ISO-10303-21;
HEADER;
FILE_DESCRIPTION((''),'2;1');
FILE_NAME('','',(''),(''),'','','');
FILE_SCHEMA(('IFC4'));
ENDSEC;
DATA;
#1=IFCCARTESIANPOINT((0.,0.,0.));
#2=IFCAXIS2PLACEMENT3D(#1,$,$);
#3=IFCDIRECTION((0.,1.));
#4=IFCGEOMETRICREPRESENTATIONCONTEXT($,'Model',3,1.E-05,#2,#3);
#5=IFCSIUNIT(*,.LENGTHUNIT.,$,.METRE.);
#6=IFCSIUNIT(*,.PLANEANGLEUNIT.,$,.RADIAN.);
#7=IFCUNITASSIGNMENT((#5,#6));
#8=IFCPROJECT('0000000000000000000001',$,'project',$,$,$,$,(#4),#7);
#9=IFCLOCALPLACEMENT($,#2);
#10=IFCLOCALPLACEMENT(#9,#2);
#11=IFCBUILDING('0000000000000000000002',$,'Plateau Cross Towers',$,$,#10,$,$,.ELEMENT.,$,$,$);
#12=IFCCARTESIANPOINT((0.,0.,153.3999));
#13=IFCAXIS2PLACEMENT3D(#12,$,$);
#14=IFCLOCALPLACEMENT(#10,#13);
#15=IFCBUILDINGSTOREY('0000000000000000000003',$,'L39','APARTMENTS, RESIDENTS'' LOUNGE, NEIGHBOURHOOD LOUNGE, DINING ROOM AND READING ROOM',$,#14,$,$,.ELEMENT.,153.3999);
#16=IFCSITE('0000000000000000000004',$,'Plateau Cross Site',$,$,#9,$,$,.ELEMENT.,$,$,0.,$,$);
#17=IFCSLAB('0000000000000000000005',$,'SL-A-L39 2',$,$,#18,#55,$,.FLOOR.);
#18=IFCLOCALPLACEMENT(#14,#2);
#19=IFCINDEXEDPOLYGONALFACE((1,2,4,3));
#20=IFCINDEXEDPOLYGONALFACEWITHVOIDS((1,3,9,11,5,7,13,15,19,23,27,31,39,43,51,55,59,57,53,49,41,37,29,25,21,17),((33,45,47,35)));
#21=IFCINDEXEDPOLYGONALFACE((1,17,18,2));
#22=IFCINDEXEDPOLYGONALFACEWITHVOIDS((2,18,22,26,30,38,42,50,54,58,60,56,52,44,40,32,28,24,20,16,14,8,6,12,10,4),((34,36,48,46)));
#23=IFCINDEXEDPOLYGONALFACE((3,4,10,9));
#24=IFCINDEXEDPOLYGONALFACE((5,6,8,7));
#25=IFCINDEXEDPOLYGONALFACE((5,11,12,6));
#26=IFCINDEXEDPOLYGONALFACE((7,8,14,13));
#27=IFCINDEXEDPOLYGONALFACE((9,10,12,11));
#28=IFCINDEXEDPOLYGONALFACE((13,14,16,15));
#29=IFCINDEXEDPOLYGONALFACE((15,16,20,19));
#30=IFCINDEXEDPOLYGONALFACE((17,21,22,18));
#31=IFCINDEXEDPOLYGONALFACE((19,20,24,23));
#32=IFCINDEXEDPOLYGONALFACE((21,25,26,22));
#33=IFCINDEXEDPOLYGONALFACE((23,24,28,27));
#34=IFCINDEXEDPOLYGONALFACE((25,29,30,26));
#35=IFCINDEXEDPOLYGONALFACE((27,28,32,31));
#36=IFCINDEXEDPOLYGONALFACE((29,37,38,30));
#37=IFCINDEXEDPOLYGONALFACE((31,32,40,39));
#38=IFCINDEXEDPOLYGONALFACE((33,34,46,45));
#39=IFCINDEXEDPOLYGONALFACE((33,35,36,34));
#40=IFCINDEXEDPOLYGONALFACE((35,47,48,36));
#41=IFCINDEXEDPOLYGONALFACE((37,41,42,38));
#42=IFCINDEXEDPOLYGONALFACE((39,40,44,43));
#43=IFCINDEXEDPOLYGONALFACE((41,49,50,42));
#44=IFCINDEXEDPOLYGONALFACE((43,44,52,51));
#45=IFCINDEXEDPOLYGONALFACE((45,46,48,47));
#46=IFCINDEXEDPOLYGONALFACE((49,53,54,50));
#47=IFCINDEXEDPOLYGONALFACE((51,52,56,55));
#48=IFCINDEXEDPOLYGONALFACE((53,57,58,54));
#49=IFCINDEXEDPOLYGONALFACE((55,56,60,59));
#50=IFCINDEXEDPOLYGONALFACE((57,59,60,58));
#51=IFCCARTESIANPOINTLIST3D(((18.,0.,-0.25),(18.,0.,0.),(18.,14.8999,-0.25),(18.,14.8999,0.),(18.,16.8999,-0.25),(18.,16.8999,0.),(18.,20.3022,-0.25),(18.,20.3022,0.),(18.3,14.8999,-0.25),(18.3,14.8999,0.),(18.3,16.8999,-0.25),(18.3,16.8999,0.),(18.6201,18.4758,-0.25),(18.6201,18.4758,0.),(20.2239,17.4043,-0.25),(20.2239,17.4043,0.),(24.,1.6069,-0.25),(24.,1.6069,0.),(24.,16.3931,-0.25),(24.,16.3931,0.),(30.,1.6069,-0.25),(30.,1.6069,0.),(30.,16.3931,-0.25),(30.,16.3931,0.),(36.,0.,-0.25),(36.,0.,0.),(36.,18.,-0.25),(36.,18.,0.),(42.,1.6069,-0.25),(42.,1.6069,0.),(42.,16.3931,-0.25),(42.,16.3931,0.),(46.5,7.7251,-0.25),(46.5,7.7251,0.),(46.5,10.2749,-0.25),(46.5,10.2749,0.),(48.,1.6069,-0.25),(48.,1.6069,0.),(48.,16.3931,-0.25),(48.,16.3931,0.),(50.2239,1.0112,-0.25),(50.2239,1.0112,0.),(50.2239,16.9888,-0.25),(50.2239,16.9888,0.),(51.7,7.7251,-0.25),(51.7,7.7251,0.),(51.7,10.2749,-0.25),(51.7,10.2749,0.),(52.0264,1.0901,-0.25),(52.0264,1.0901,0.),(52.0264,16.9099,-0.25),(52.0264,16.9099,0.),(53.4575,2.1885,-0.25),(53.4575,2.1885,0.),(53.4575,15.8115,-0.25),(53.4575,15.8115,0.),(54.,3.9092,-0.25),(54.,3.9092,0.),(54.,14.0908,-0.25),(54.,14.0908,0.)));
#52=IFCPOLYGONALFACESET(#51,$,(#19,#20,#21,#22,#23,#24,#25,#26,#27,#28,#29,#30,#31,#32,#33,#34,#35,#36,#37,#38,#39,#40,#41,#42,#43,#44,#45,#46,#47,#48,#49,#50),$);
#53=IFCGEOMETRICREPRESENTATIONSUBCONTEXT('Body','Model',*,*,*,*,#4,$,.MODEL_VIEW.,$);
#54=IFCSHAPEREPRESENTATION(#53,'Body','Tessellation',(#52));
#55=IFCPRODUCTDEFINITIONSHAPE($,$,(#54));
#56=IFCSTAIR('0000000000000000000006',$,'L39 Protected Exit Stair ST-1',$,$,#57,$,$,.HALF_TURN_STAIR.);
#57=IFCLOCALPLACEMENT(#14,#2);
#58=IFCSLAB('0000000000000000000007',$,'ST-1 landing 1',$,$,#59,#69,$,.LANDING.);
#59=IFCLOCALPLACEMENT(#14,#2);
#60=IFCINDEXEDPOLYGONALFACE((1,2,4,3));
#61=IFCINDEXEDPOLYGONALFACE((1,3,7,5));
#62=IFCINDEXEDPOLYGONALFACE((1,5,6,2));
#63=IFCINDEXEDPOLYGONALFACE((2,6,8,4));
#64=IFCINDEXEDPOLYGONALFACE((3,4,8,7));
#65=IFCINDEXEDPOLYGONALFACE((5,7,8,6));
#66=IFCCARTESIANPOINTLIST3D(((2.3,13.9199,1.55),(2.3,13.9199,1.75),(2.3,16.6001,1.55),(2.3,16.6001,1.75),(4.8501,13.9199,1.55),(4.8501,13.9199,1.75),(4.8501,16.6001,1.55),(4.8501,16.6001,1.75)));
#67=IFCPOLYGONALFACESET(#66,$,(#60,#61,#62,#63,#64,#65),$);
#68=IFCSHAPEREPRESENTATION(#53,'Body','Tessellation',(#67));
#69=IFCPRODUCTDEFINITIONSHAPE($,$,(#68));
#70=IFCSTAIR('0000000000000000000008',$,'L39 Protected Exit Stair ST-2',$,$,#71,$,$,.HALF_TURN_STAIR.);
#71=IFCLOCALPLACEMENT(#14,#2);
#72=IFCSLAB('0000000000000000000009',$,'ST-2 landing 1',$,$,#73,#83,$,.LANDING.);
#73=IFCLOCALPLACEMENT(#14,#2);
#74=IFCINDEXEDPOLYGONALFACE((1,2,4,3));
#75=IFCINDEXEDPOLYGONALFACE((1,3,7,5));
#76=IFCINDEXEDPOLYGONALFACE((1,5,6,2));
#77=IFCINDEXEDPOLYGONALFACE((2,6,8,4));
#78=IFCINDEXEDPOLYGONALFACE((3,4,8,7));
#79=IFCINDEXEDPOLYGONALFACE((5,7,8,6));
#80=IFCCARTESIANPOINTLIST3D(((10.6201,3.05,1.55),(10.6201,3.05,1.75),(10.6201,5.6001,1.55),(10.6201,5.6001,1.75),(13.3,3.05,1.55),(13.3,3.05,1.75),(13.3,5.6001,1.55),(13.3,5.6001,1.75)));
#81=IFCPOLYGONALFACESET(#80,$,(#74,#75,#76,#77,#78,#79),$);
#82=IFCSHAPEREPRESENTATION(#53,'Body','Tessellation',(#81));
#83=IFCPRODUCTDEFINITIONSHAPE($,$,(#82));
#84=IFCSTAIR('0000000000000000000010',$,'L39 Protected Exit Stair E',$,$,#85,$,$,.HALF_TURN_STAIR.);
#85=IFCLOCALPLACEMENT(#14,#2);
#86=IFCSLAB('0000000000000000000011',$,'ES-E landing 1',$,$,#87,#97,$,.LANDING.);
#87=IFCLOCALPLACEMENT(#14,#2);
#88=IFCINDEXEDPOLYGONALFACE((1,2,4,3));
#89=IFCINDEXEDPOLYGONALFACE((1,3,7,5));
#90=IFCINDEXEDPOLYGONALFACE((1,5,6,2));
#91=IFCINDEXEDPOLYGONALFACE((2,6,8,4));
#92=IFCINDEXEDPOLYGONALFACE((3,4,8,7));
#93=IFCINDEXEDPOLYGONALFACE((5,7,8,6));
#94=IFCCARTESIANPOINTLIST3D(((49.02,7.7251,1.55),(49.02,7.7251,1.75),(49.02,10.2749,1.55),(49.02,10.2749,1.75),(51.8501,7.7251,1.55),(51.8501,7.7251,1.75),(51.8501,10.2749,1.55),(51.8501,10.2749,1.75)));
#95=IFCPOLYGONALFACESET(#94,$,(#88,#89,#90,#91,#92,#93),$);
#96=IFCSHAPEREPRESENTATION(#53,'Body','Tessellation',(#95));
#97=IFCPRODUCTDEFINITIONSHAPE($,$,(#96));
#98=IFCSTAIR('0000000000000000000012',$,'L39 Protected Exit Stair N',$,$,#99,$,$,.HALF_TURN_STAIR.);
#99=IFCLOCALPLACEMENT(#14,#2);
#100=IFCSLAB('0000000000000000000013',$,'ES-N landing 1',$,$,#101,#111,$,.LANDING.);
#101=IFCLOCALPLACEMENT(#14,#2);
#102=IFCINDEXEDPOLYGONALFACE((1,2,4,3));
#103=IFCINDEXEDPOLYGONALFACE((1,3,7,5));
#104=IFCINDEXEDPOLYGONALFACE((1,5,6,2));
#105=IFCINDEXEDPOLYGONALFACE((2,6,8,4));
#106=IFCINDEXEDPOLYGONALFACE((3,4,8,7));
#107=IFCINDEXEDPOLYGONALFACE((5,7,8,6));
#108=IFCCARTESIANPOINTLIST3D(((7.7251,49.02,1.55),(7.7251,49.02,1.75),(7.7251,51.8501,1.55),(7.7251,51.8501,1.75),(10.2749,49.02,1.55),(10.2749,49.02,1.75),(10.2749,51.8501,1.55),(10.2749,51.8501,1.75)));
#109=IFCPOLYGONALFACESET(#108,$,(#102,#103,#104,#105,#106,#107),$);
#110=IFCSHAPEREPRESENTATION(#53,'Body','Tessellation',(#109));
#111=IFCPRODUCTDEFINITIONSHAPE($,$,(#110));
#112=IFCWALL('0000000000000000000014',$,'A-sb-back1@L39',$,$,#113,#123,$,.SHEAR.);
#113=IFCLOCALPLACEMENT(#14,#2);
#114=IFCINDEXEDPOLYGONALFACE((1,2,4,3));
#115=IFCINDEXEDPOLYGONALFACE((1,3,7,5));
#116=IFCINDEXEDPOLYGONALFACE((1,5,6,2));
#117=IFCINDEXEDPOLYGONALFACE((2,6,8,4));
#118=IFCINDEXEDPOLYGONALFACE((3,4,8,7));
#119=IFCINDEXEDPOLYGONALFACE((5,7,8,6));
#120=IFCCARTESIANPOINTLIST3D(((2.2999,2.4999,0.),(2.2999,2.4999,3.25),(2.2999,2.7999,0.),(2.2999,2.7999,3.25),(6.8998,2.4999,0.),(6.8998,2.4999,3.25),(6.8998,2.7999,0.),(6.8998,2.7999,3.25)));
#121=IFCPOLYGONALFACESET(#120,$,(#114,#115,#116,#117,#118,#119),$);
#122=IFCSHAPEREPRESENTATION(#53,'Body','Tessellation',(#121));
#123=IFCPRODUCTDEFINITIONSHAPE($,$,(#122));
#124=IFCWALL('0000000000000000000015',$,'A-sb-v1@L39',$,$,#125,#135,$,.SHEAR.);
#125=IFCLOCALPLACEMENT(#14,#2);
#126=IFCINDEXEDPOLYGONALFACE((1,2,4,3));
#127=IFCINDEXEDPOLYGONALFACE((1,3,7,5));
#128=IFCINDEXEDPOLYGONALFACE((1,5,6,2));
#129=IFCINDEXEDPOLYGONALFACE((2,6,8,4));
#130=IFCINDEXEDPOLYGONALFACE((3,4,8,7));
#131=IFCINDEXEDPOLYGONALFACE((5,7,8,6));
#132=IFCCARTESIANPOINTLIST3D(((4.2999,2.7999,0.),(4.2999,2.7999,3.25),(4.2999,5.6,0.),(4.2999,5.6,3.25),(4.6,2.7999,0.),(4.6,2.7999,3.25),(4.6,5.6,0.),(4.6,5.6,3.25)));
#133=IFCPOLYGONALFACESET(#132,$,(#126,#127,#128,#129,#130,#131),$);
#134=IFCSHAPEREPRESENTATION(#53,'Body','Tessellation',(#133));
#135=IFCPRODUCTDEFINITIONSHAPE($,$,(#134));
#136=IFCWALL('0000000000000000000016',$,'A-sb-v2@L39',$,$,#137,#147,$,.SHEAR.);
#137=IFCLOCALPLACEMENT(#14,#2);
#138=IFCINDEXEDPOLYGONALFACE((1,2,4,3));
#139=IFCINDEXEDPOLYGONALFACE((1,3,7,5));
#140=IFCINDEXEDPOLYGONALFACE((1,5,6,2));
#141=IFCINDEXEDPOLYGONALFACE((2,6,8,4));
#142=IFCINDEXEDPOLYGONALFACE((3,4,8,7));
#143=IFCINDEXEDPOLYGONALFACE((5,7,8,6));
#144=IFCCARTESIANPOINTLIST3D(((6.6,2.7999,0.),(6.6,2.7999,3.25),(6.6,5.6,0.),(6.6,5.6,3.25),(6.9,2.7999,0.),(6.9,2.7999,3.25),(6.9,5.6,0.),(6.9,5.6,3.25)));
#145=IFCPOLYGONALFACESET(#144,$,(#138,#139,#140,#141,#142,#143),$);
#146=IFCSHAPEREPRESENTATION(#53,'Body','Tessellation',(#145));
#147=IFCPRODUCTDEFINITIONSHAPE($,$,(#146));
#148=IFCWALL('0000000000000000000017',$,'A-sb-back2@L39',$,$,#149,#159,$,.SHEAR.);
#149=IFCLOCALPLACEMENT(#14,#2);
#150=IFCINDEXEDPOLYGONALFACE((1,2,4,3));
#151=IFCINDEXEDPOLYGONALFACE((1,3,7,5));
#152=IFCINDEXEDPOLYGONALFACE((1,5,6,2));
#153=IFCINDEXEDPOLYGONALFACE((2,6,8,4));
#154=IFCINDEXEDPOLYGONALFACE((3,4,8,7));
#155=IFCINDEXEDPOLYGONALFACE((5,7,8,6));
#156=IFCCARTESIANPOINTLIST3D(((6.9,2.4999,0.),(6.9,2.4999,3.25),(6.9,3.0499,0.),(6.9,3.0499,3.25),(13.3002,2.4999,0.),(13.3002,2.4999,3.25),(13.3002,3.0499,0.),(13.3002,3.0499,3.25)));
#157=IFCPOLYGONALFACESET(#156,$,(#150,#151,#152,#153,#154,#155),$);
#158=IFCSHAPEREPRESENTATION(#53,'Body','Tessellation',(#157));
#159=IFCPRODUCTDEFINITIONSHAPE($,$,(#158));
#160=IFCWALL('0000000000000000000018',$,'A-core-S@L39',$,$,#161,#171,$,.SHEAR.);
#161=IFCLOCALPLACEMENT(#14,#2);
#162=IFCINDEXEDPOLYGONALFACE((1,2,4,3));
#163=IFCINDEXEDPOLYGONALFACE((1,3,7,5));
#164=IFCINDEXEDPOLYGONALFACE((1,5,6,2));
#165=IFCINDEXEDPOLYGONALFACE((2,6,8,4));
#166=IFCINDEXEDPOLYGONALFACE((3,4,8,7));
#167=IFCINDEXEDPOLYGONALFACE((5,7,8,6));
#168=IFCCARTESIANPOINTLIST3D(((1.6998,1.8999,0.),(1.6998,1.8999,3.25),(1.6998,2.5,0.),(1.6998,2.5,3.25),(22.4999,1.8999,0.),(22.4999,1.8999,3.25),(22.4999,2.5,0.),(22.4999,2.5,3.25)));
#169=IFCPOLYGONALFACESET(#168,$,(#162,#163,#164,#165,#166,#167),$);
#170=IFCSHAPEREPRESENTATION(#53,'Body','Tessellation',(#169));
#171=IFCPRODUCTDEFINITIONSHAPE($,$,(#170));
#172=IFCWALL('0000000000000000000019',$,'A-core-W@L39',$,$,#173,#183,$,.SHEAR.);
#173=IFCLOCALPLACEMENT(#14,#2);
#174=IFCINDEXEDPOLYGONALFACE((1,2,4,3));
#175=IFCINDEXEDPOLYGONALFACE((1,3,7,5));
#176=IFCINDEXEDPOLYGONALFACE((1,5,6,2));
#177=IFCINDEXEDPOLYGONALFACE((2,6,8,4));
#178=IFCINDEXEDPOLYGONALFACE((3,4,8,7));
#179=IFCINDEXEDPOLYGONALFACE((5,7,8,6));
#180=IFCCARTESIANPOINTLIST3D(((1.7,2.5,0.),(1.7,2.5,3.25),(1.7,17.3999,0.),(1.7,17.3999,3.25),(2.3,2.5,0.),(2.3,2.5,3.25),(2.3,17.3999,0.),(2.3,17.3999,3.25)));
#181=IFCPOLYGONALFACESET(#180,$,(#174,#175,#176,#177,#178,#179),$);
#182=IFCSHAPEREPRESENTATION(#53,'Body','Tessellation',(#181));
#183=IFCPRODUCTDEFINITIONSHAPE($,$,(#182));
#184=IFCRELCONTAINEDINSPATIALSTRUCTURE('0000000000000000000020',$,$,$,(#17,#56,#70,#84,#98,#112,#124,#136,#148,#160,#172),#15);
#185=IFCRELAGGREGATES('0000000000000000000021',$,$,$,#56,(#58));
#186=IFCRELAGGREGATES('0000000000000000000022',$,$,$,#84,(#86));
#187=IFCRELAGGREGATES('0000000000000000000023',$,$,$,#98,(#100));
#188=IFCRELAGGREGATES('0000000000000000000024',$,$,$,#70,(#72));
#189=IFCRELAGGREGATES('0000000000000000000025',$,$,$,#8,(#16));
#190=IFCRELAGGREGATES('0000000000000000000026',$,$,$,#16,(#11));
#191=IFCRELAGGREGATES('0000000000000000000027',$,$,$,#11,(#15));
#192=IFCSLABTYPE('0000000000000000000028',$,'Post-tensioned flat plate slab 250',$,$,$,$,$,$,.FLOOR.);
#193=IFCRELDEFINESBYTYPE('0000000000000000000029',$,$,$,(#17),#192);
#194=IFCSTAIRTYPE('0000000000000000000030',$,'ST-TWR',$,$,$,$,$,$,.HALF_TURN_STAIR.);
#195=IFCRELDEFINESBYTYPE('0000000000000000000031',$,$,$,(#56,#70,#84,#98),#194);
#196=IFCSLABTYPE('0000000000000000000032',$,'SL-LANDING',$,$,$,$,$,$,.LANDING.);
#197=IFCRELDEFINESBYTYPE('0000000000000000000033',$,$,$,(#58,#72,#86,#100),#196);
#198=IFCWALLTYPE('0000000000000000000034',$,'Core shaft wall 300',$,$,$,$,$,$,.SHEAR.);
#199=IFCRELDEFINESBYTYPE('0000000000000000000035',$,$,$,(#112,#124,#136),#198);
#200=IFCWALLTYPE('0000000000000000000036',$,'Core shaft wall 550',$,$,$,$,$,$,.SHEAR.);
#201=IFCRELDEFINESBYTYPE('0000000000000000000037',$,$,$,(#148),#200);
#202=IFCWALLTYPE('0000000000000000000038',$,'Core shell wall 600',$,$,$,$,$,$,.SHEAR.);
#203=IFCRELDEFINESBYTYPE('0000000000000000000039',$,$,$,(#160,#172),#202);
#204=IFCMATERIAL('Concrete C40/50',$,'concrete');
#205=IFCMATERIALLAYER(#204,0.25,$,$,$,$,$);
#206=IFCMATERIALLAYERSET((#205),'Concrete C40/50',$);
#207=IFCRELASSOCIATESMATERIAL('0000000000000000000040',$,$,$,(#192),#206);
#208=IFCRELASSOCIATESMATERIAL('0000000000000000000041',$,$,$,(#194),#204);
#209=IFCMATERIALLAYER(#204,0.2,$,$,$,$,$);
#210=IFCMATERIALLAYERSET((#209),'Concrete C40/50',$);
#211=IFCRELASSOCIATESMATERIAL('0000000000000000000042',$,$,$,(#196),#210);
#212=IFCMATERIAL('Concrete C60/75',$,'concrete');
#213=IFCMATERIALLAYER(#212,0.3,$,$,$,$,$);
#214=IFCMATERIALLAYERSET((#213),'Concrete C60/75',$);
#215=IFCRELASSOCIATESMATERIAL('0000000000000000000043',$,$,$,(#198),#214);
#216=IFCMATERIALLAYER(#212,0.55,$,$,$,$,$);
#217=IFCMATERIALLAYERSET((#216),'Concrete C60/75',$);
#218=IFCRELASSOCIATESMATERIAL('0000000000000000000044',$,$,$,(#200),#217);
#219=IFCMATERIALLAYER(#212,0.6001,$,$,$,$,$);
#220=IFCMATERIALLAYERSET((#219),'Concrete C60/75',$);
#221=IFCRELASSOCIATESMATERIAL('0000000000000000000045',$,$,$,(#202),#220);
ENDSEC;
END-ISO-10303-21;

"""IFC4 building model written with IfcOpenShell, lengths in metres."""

from ifc_helpers import new_model, si_unit, direction, frame, frame_2d, origin, place, context, subcontext, project, spatial, polyline, rectangle, outline, extrude, material, layer, layer_set, type_object, element, aggregate, save


model = new_model("IFC4")

# Units and contexts
model_context = context("Model", 3, precision=1e-05, world=origin(), true_north=direction((0.0, 1.0)))
body_context = subcontext(model_context, "Body", "Model", "MODEL_VIEW")
ifc_project = project(units=[si_unit("LENGTHUNIT", "METRE"), si_unit("PLANEANGLEUNIT", "RADIAN")], contexts=[model_context])

# Site, building, storey
site_placement = place(None, origin())
site = spatial("IfcSite", under=ifc_project, at=site_placement, Name="Plateau Cross Site", CompositionType="ELEMENT", RefElevation=0.0)
building_placement = place(site_placement, origin())
building = spatial("IfcBuilding", under=site, at=building_placement, Name="Plateau Cross Towers", CompositionType="ELEMENT")
storey_placement = place(building_placement, frame((0.0, 0.0, 153.3999)))
storey = spatial("IfcBuildingStorey", under=building, at=storey_placement, Name="L39", Description="APARTMENTS, RESIDENTS' LOUNGE, NEIGHBOURHOOD LOUNGE, DINING ROOM AND READING ROOM", CompositionType="ELEMENT", Elevation=153.3999)

# Shared definitions
ifc_material_1 = material(Name="Concrete C60/75", Category="concrete")

# Shared definitions
ifc_material_2 = material(Name="Concrete C40/50", Category="concrete")

# Slab
ifc_layer_1 = layer(ifc_material_2, 0.25)
ifc_layer_set_1 = layer_set([ifc_layer_1], Name="Concrete C40/50")
slab_type_1 = type_object("IfcSlabType", Name="Post-tensioned flat plate slab 250", PredefinedType="FLOOR", material=ifc_layer_set_1)
slab_1_placement = place(storey_placement, frame((0.0, 0.0, -0.25)))
element("IfcSlab", 1, at=slab_1_placement, inside=storey, type_object=slab_type_1, Name="SL-A-L39 2", PredefinedType="FLOOR", context=body_context, shape_type="SweptSolid", body=[
    extrude(outline(polyline([(18.6201, 18.4758), (20.2239, 17.4043), (24.0, 16.3931), (30.0, 16.3931), (36.0, 18.0), (42.0, 16.3931), (48.0, 16.3931), (50.2239, 16.9888), (52.0264, 16.9099), (53.4575, 15.8115), (54.0, 14.0908), (54.0, 3.9092), (53.4575, 2.1885), (52.0264, 1.0901), (50.2239, 1.0112), (48.0, 1.6069), (42.0, 1.6069), (36.0, 0.0), (30.0, 1.6069), (24.0, 1.6069), (18.0, 0.0), (18.0, 14.8999), (18.3, 14.8999), (18.3, 16.8999), (18.0, 16.8999), (18.0, 20.3022), (18.6201, 18.4758)]), holes=[polyline([(46.5, 10.2749), (46.5, 7.7251), (51.7, 7.7251), (51.7, 10.2749), (46.5, 10.2749)])]), origin(), (0.0, 0.0, 1.0), 0.25),
])

# Stairs, slabs
stair_type = type_object("IfcStairType", Name="ST-TWR", PredefinedType="HALF_TURN_STAIR", material=ifc_material_2)
stair_1_placement = place(storey_placement, origin())
stair_1 = element("IfcStair", 2, at=stair_1_placement, inside=storey, type_object=stair_type, Name="L39 Protected Exit Stair ST-1", PredefinedType="HALF_TURN_STAIR")
ifc_layer_2 = layer(ifc_material_2, 0.2)
ifc_layer_set_2 = layer_set([ifc_layer_2], Name="Concrete C40/50")
slab_type_2 = type_object("IfcSlabType", Name="SL-LANDING", PredefinedType="LANDING", material=ifc_layer_set_2)
slab_2_placement = place(storey_placement, frame((0.0, 0.0, 1.55)))
slab_2 = element("IfcSlab", 3, at=slab_2_placement, type_object=slab_type_2, Name="ST-1 landing 1", PredefinedType="LANDING", context=body_context, shape_type="SweptSolid", body=[
    extrude(outline(polyline([(4.8501, 13.9199), (4.8501, 16.6001), (2.3, 16.6001), (2.3, 13.9199), (4.8501, 13.9199)])), origin(), (0.0, 0.0, 1.0), 0.2),
])
aggregate(stair_1, [slab_2])
stair_2_placement = place(storey_placement, origin())
stair_2 = element("IfcStair", 4, at=stair_2_placement, inside=storey, type_object=stair_type, Name="L39 Protected Exit Stair ST-2", PredefinedType="HALF_TURN_STAIR")
slab_3_placement = place(storey_placement, frame((0.0, 0.0, 1.55)))
slab_3 = element("IfcSlab", 5, at=slab_3_placement, type_object=slab_type_2, Name="ST-2 landing 1", PredefinedType="LANDING", context=body_context, shape_type="SweptSolid", body=[
    extrude(outline(polyline([(10.6201, 3.05), (13.3, 3.05), (13.3, 5.6001), (10.6201, 5.6001), (10.6201, 3.05)])), origin(), (0.0, 0.0, 1.0), 0.2),
])
stair_3_placement = place(storey_placement, origin())
stair_3 = element("IfcStair", 6, at=stair_3_placement, inside=storey, type_object=stair_type, Name="L39 Protected Exit Stair E", PredefinedType="HALF_TURN_STAIR")
slab_4_placement = place(storey_placement, frame((0.0, 0.0, 1.55)))
slab_4 = element("IfcSlab", 7, at=slab_4_placement, type_object=slab_type_2, Name="ES-E landing 1", PredefinedType="LANDING", context=body_context, shape_type="SweptSolid", body=[
    extrude(outline(polyline([(49.02, 7.7251), (51.8501, 7.7251), (51.8501, 10.2749), (49.02, 10.2749), (49.02, 7.7251)])), origin(), (0.0, 0.0, 1.0), 0.2),
])
aggregate(stair_3, [slab_4])
stair_4_placement = place(storey_placement, origin())
stair_4 = element("IfcStair", 8, at=stair_4_placement, inside=storey, type_object=stair_type, Name="L39 Protected Exit Stair N", PredefinedType="HALF_TURN_STAIR")
slab_5_placement = place(storey_placement, frame((0.0, 0.0, 1.55)))
slab_5 = element("IfcSlab", 9, at=slab_5_placement, type_object=slab_type_2, Name="ES-N landing 1", PredefinedType="LANDING", context=body_context, shape_type="SweptSolid", body=[
    extrude(outline(polyline([(10.2749, 49.02), (10.2749, 51.8501), (7.7251, 51.8501), (7.7251, 49.02), (10.2749, 49.02)])), origin(), (0.0, 0.0, 1.0), 0.2),
])
aggregate(stair_4, [slab_5])

# Walls
ifc_layer_3 = layer(ifc_material_1, 0.3)
ifc_layer_set_3 = layer_set([ifc_layer_3], Name="Concrete C60/75")
wall_type_1 = type_object("IfcWallType", Name="Core shaft wall 300", PredefinedType="SHEAR", material=ifc_layer_set_3)
wall_1_placement = place(storey_placement, frame((2.3, 2.6499, 0.0), z_axis=(0.0, 0.0, 1.0), x_axis=(1.0, 0.0, 0.0)))
element("IfcWall", 10, at=wall_1_placement, inside=storey, type_object=wall_type_1, Name="A-sb-back1@L39", PredefinedType="SHEAR", context=body_context, shape_type="SweptSolid", body=[
    extrude(rectangle(XDim=4.5999, YDim=0.3, at=frame_2d((2.2998, 0.0))), origin(), (0.0, 0.0, 1.0), 3.25),
])
for number, where, z_axis, x_axis, name in (
    (11, (4.45, 2.8, 0.0), (0.0, 0.0, 1.0), (0.0, 1.0, 0.0), "A-sb-v1@L39"),
    (12, (6.75, 2.8, 0.0), (0.0, 0.0, 1.0), (0.0, 1.0, 0.0), "A-sb-v2@L39"),
):
    element("IfcWall", number, at=place(storey_placement, frame(where, z_axis=z_axis, x_axis=x_axis)), inside=storey, type_object=wall_type_1, Name=name, PredefinedType="SHEAR", context=body_context, shape_type="SweptSolid", body=[
        extrude(rectangle(XDim=2.8, YDim=0.3, at=frame_2d((1.3999, 0.0))), origin(), (0.0, 0.0, 1.0), 3.25),
    ])
ifc_layer_4 = layer(ifc_material_1, 0.55)
ifc_layer_set_4 = layer_set([ifc_layer_4], Name="Concrete C60/75")
wall_type_2 = type_object("IfcWallType", Name="Core shaft wall 550", PredefinedType="SHEAR", material=ifc_layer_set_4)
wall_2_placement = place(storey_placement, frame((6.8999, 2.7749, 0.0), z_axis=(0.0, 0.0, 1.0), x_axis=(1.0, 0.0, 0.0)))
element("IfcWall", 13, at=wall_2_placement, inside=storey, type_object=wall_type_2, Name="A-sb-back2@L39", PredefinedType="SHEAR", context=body_context, shape_type="SweptSolid", body=[
    extrude(rectangle(XDim=6.4001, YDim=0.55, at=frame_2d((3.2002, 0.0))), origin(), (0.0, 0.0, 1.0), 3.25),
])
ifc_layer_5 = layer(ifc_material_1, 0.6001)
ifc_layer_set_5 = layer_set([ifc_layer_5], Name="Concrete C60/75")
wall_type_3 = type_object("IfcWallType", Name="Core shell wall 600", PredefinedType="SHEAR", material=ifc_layer_set_5)
wall_3_placement = place(storey_placement, frame((1.7, 2.2, 0.0), z_axis=(0.0, 0.0, 1.0), x_axis=(1.0, 0.0, 0.0)))
element("IfcWall", 14, at=wall_3_placement, inside=storey, type_object=wall_type_3, Name="A-core-S@L39", PredefinedType="SHEAR", context=body_context, shape_type="SweptSolid", body=[
    extrude(rectangle(XDim=20.8, YDim=0.6001, at=frame_2d((10.3999, 0.0))), origin(), (0.0, 0.0, 1.0), 3.25),
])
wall_4_placement = place(storey_placement, frame((2.0, 2.5, 0.0), z_axis=(0.0, 0.0, 1.0), x_axis=(0.0, 1.0, 0.0)))
element("IfcWall", 15, at=wall_4_placement, inside=storey, type_object=wall_type_3, Name="A-core-W@L39", PredefinedType="SHEAR", context=body_context, shape_type="SweptSolid", body=[
    extrude(rectangle(XDim=14.8999, YDim=0.6001, at=frame_2d((7.45, 0.0))), origin(), (0.0, 0.0, 1.0), 3.25),
])

aggregate(stair_2, [slab_3])

save(model, "model.ifc")
